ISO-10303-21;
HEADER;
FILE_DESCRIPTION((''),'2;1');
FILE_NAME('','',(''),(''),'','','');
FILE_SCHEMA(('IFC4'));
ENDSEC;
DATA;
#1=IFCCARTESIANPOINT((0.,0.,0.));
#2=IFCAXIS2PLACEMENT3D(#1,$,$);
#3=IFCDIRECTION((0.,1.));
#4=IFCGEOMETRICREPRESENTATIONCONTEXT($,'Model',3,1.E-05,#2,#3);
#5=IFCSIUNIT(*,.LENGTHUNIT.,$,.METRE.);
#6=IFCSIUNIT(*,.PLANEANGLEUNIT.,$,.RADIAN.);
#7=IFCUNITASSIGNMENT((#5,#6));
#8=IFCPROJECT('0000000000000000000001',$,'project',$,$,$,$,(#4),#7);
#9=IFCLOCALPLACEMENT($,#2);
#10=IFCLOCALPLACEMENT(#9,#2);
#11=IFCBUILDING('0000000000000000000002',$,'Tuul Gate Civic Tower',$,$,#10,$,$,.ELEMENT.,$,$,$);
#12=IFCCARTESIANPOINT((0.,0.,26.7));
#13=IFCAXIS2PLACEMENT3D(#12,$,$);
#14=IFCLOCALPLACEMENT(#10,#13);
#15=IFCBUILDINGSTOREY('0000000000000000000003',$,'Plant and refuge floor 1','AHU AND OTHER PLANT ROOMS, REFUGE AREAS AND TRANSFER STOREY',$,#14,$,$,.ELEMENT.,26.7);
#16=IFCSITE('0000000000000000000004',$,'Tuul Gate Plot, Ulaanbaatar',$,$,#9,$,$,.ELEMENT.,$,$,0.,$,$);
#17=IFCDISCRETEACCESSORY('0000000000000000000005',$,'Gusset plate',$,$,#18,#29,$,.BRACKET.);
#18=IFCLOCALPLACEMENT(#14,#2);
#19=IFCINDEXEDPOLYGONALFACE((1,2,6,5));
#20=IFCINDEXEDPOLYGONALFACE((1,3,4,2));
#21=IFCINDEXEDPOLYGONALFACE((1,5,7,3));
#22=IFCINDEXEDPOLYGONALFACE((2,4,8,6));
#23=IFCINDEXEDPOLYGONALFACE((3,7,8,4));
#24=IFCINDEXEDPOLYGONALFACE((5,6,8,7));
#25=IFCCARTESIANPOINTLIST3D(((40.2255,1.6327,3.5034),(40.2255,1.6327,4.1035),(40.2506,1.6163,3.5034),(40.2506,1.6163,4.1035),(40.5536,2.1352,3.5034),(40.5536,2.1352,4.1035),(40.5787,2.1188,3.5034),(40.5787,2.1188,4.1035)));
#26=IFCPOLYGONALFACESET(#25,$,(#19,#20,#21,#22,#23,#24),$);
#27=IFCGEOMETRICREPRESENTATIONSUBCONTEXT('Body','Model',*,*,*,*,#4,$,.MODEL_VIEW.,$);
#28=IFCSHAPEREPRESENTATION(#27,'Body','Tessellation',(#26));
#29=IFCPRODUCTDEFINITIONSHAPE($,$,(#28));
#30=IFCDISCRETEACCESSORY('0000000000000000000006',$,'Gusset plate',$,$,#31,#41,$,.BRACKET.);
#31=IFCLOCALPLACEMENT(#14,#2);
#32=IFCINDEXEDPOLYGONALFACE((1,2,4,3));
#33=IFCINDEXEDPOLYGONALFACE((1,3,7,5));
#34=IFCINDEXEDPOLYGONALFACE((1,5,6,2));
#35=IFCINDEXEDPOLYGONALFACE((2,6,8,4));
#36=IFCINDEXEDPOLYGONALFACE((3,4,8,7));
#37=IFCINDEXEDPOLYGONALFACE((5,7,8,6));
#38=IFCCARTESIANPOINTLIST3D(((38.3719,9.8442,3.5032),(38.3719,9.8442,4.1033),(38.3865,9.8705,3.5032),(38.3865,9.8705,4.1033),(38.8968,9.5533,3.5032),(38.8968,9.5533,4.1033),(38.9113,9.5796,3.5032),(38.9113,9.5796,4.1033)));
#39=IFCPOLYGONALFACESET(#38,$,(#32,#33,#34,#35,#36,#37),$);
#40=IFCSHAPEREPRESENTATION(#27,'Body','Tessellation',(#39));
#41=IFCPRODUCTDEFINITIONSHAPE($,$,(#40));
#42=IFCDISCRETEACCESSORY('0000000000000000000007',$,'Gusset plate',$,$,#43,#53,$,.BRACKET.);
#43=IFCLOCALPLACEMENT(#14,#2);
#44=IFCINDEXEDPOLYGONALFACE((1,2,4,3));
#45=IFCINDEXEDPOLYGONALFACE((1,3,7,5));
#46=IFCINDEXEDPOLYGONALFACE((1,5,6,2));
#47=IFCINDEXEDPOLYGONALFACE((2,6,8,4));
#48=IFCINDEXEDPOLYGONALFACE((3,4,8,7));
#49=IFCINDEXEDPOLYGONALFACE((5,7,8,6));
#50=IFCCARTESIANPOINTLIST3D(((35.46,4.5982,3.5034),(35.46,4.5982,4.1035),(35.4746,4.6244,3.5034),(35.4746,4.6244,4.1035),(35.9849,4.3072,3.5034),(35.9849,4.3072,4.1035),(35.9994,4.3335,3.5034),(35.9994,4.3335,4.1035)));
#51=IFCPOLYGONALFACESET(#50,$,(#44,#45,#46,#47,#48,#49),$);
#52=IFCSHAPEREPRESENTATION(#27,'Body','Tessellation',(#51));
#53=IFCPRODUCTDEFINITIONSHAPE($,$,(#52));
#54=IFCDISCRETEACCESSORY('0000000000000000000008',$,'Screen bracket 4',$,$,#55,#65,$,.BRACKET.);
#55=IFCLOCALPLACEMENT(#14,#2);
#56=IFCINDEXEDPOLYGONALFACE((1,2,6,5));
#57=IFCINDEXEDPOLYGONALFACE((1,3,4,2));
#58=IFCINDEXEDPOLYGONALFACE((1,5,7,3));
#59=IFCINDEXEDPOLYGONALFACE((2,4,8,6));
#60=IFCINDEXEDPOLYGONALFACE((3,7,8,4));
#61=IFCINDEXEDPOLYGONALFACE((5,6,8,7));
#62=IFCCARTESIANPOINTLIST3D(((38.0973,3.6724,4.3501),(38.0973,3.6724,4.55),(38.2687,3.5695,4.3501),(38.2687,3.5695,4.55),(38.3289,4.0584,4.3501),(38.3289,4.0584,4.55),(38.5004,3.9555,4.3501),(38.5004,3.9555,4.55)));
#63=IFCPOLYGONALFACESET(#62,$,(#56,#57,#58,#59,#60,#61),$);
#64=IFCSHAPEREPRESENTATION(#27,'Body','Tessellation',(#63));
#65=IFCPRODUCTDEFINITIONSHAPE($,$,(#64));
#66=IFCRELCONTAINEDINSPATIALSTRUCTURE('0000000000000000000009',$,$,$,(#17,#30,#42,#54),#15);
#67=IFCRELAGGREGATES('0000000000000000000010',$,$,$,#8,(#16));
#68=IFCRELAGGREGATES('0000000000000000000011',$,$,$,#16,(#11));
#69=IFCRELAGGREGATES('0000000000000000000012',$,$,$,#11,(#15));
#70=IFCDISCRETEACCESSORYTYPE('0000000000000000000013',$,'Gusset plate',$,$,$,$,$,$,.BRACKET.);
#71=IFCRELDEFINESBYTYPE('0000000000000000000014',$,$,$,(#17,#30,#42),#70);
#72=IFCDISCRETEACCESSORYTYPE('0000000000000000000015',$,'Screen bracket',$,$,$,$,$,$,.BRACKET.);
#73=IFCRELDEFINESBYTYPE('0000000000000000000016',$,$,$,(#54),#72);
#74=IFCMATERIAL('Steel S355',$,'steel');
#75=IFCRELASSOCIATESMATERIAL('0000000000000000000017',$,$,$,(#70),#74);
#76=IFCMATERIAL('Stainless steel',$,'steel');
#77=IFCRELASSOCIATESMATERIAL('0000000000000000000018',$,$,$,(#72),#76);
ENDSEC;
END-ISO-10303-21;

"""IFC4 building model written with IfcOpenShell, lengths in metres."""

from ifc_helpers import new_model, si_unit, direction, frame, origin, origin_2d, place, context, subcontext, project, spatial, rectangle, extrude, material, type_object, element, save


model = new_model("IFC4")

# Units and contexts
model_context = context("Model", 3, precision=1e-05, world=origin(), true_north=direction((0.0, 1.0)))
body_context = subcontext(model_context, "Body", "Model", "MODEL_VIEW")
ifc_project = project(units=[si_unit("LENGTHUNIT", "METRE"), si_unit("PLANEANGLEUNIT", "RADIAN")], contexts=[model_context])

# Site, building, storey
site_placement = place(None, origin())
site = spatial("IfcSite", under=ifc_project, at=site_placement, Name="Tuul Gate Plot, Ulaanbaatar", CompositionType="ELEMENT", RefElevation=0.0)
building_placement = place(site_placement, origin())
building = spatial("IfcBuilding", under=site, at=building_placement, Name="Tuul Gate Civic Tower", CompositionType="ELEMENT")
storey_placement = place(building_placement, frame((0.0, 0.0, 26.7)))
storey = spatial("IfcBuildingStorey", under=building, at=storey_placement, Name="Plant and refuge floor 1", Description="AHU AND OTHER PLANT ROOMS, REFUGE AREAS AND TRANSFER STOREY", CompositionType="ELEMENT", Elevation=26.7)

# Discrete accessories
ifc_material_1 = material(Name="Steel S355", Category="steel")
discrete_accessory_type_1 = type_object("IfcDiscreteAccessoryType", Name="Gusset plate", PredefinedType="BRACKET", material=ifc_material_1)
for number, where, z_axis, x_axis, name in (
    (1, (40.4021, 1.8757, 3.5034), (0.0, 0.0, 1.0), (0.546705, 0.837325, 0.0), "Gusset plate"),
    (2, (38.6416, 9.7119, 3.5032), (0.0, 0.0, 1.0), (0.874618, -0.484812, 0.0), "Gusset plate"),
    (3, (35.7297, 4.4658, 3.5034), (0.0, 0.0, 1.0), (0.874625, -0.4848, 0.0), "Gusset plate"),
):
    element("IfcDiscreteAccessory", number, at=place(storey_placement, frame(where, z_axis=z_axis, x_axis=x_axis)), inside=storey, type_object=discrete_accessory_type_1, Name=name, PredefinedType="BRACKET", context=body_context, shape_type="SweptSolid", body=[
        extrude(rectangle(XDim=0.6001, YDim=0.03, at=origin_2d()), origin(), (0.0, 0.0, 1.0), 0.6001),
    ])
ifc_material_2 = material(Name="Stainless steel", Category="steel")
discrete_accessory_type_2 = type_object("IfcDiscreteAccessoryType", Name="Screen bracket", PredefinedType="BRACKET", material=ifc_material_2)
discrete_accessory_placement = place(storey_placement, frame((38.2988, 3.814, 4.3501), z_axis=(0.0, 0.0, 1.0), x_axis=(0.514592, 0.857435, 0.0)))
element("IfcDiscreteAccessory", 4, at=discrete_accessory_placement, inside=storey, type_object=discrete_accessory_type_2, Name="Screen bracket 4", PredefinedType="BRACKET", context=body_context, shape_type="SweptSolid", body=[
    extrude(rectangle(XDim=0.4502, YDim=0.2, at=origin_2d()), origin(), (0.0, 0.0, 1.0), 0.2),
])

save(model, "model.ifc")
